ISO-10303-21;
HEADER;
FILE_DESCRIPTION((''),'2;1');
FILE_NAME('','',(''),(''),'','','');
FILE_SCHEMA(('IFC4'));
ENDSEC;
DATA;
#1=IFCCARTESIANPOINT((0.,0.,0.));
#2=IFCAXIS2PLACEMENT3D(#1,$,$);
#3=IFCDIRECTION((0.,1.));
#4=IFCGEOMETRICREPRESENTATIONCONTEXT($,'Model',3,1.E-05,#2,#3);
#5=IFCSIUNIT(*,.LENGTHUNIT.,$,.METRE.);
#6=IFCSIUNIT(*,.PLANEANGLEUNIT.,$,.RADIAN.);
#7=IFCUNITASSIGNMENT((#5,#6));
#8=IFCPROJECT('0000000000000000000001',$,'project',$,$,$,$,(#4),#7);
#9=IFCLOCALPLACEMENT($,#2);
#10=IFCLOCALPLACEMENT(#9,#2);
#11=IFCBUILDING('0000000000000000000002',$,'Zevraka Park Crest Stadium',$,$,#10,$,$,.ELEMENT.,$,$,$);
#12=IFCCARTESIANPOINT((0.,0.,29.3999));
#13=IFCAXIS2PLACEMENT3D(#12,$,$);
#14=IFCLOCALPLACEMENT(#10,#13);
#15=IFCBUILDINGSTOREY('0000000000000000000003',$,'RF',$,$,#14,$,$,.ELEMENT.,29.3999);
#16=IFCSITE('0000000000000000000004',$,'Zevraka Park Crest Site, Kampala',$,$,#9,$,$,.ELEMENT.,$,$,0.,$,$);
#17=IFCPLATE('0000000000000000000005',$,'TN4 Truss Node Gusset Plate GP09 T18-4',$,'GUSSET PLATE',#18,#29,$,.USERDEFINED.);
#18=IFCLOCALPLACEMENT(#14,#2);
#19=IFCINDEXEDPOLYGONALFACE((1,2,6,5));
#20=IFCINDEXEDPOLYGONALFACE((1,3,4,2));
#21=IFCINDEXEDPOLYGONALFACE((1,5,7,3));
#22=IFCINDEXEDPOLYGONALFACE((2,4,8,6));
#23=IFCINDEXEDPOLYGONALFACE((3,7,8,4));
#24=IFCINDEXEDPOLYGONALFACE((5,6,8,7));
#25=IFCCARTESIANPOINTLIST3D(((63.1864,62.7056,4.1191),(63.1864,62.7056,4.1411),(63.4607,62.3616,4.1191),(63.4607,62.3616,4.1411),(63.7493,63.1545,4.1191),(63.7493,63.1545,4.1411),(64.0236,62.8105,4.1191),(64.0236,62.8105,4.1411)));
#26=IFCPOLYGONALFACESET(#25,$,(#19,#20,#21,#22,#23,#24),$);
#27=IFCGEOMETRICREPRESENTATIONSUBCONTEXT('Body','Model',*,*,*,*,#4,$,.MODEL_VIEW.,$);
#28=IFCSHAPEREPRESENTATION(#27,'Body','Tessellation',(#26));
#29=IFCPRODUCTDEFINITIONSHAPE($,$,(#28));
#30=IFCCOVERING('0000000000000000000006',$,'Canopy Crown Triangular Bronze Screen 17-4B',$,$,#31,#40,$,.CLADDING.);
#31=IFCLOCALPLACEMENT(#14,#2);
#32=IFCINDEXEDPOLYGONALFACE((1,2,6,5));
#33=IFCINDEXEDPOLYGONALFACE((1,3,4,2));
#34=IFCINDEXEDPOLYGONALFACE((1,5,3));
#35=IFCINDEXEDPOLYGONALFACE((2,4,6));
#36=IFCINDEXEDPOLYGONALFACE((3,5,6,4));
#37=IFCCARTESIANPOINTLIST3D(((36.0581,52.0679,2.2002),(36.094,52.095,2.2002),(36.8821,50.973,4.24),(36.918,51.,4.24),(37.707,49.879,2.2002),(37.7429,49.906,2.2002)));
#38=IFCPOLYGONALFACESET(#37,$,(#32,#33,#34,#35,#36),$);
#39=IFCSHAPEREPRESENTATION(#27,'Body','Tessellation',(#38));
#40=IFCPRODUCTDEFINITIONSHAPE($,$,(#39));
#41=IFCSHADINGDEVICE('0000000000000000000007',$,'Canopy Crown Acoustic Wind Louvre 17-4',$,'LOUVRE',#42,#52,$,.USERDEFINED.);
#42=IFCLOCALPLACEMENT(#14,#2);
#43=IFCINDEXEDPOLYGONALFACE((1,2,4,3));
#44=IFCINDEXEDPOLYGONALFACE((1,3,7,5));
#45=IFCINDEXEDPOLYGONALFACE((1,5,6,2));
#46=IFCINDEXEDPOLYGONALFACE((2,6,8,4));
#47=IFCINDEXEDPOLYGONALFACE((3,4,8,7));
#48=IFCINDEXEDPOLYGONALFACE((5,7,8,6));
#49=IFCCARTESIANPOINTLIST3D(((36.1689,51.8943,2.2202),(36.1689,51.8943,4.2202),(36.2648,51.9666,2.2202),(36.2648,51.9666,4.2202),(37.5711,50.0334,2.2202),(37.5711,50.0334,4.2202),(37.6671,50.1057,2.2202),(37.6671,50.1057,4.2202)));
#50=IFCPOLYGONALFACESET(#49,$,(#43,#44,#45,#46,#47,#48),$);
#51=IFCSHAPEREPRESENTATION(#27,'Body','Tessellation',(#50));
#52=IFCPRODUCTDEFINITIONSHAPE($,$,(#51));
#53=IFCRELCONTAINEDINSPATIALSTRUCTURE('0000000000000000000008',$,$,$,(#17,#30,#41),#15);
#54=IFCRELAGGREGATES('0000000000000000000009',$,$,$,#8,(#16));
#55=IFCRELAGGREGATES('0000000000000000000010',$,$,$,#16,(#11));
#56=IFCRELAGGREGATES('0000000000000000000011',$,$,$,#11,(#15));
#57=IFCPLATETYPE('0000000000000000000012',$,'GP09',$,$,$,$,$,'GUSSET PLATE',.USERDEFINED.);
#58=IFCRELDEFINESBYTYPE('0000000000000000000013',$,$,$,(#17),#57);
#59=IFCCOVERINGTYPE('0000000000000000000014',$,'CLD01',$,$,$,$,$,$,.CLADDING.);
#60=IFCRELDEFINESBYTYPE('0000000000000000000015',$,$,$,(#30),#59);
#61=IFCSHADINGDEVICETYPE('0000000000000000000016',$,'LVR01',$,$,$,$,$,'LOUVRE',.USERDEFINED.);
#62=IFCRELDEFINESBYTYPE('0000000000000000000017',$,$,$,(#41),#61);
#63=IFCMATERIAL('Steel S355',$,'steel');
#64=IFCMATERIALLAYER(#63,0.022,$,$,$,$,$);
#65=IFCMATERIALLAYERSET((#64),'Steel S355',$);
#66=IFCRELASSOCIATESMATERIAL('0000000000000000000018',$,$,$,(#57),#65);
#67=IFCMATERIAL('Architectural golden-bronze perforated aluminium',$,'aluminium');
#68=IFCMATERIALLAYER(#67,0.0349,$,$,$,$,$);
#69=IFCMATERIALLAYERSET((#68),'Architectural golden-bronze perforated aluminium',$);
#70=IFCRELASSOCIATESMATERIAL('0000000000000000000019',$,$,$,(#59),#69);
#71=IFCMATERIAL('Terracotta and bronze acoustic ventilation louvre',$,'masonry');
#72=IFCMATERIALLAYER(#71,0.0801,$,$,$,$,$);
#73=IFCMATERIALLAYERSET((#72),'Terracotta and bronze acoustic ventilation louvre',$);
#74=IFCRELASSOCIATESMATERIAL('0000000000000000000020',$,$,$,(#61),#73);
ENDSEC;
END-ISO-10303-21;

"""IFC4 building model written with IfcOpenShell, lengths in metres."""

from ifc_helpers import new_model, si_unit, direction, frame, origin, origin_2d, place, context, subcontext, project, spatial, polyline, rectangle, outline, extrude, material, layer, layer_set, type_object, element, save


model = new_model("IFC4")

# Units and contexts
model_context = context("Model", 3, precision=1e-05, world=origin(), true_north=direction((0.0, 1.0)))
body_context = subcontext(model_context, "Body", "Model", "MODEL_VIEW")
ifc_project = project(units=[si_unit("LENGTHUNIT", "METRE"), si_unit("PLANEANGLEUNIT", "RADIAN")], contexts=[model_context])

# Site, building, storey
site_placement = place(None, origin())
site = spatial("IfcSite", under=ifc_project, at=site_placement, Name="Zevraka Park Crest Site, Kampala", CompositionType="ELEMENT", RefElevation=0.0)
building_placement = place(site_placement, origin())
building = spatial("IfcBuilding", under=site, at=building_placement, Name="Zevraka Park Crest Stadium", CompositionType="ELEMENT")
storey_placement = place(building_placement, frame((0.0, 0.0, 29.3999)))
storey = spatial("IfcBuildingStorey", under=building, at=storey_placement, Name="RF", CompositionType="ELEMENT", Elevation=29.3999)

# Plate
ifc_material_1 = material(Name="Steel S355", Category="steel")
ifc_layer_1 = layer(ifc_material_1, 0.022)
ifc_layer_set_1 = layer_set([ifc_layer_1], Name="Steel S355")
plate_type_1 = type_object("IfcPlateType", Name="GP09", ElementType="GUSSET PLATE", PredefinedType="USERDEFINED", material=ifc_layer_set_1)
plate_1_placement = place(storey_placement, frame((63.605, 62.7581, 4.1191), z_axis=(0.0, 0.0, 1.0), x_axis=(0.781847, 0.62347, 0.0)))
element("IfcPlate", 1, at=plate_1_placement, inside=storey, type_object=plate_type_1, Name="TN4 Truss Node Gusset Plate GP09 T18-4", ObjectType="GUSSET PLATE", PredefinedType="USERDEFINED", context=body_context, shape_type="SweptSolid", body=[
    extrude(rectangle(XDim=0.72, YDim=0.4399, at=origin_2d()), origin(), (0.0, 0.0, 1.0), 0.022),
])

# Covering
ifc_material_2 = material(Name="Architectural golden-bronze perforated aluminium", Category="aluminium")
ifc_layer_2 = layer(ifc_material_2, 0.0349)
ifc_layer_set_2 = layer_set([ifc_layer_2], Name="Architectural golden-bronze perforated aluminium")
covering_type = type_object("IfcCoveringType", Name="CLD01", PredefinedType="CLADDING", material=ifc_layer_set_2)
covering_placement = place(storey_placement, frame((36.094, 52.095, 2.2002), z_axis=(0.798737, 0.601681, 0.000335), x_axis=(0.601681, -0.798737, 0.0)))
element("IfcCovering", 2, at=covering_placement, inside=storey, type_object=covering_type, Name="Canopy Crown Triangular Bronze Screen 17-4B", PredefinedType="CLADDING", context=body_context, shape_type="SweptSolid", body=[
    extrude(outline(polyline([(0.0, 0.0), (2.7405, 0.0), (1.3704, -2.0398), (0.0, 0.0)])), origin(), (0.0, 0.0, -1.0), 0.0449),
])

# Shading device
ifc_material_3 = material(Name="Terracotta and bronze acoustic ventilation louvre", Category="masonry")
ifc_layer_3 = layer(ifc_material_3, 0.0801)
ifc_layer_set_3 = layer_set([ifc_layer_3], Name="Terracotta and bronze acoustic ventilation louvre")
shading_device_type = type_object("IfcShadingDeviceType", Name="LVR01", ElementType="LOUVRE", PredefinedType="USERDEFINED", material=ifc_layer_set_3)
shading_device_placement = place(storey_placement, frame((36.918, 51.0, 2.2202), z_axis=(0.0, 0.0, 1.0), x_axis=(0.601815, -0.798636, 0.0)))
element("IfcShadingDevice", 3, at=shading_device_placement, inside=storey, type_object=shading_device_type, Name="Canopy Crown Acoustic Wind Louvre 17-4", ObjectType="LOUVRE", PredefinedType="USERDEFINED", context=body_context, shape_type="SweptSolid", body=[
    extrude(rectangle(XDim=2.3301, YDim=0.1201, at=origin_2d()), origin(), (0.0, 0.0, 1.0), 2.0),
])

save(model, "model.ifc")
